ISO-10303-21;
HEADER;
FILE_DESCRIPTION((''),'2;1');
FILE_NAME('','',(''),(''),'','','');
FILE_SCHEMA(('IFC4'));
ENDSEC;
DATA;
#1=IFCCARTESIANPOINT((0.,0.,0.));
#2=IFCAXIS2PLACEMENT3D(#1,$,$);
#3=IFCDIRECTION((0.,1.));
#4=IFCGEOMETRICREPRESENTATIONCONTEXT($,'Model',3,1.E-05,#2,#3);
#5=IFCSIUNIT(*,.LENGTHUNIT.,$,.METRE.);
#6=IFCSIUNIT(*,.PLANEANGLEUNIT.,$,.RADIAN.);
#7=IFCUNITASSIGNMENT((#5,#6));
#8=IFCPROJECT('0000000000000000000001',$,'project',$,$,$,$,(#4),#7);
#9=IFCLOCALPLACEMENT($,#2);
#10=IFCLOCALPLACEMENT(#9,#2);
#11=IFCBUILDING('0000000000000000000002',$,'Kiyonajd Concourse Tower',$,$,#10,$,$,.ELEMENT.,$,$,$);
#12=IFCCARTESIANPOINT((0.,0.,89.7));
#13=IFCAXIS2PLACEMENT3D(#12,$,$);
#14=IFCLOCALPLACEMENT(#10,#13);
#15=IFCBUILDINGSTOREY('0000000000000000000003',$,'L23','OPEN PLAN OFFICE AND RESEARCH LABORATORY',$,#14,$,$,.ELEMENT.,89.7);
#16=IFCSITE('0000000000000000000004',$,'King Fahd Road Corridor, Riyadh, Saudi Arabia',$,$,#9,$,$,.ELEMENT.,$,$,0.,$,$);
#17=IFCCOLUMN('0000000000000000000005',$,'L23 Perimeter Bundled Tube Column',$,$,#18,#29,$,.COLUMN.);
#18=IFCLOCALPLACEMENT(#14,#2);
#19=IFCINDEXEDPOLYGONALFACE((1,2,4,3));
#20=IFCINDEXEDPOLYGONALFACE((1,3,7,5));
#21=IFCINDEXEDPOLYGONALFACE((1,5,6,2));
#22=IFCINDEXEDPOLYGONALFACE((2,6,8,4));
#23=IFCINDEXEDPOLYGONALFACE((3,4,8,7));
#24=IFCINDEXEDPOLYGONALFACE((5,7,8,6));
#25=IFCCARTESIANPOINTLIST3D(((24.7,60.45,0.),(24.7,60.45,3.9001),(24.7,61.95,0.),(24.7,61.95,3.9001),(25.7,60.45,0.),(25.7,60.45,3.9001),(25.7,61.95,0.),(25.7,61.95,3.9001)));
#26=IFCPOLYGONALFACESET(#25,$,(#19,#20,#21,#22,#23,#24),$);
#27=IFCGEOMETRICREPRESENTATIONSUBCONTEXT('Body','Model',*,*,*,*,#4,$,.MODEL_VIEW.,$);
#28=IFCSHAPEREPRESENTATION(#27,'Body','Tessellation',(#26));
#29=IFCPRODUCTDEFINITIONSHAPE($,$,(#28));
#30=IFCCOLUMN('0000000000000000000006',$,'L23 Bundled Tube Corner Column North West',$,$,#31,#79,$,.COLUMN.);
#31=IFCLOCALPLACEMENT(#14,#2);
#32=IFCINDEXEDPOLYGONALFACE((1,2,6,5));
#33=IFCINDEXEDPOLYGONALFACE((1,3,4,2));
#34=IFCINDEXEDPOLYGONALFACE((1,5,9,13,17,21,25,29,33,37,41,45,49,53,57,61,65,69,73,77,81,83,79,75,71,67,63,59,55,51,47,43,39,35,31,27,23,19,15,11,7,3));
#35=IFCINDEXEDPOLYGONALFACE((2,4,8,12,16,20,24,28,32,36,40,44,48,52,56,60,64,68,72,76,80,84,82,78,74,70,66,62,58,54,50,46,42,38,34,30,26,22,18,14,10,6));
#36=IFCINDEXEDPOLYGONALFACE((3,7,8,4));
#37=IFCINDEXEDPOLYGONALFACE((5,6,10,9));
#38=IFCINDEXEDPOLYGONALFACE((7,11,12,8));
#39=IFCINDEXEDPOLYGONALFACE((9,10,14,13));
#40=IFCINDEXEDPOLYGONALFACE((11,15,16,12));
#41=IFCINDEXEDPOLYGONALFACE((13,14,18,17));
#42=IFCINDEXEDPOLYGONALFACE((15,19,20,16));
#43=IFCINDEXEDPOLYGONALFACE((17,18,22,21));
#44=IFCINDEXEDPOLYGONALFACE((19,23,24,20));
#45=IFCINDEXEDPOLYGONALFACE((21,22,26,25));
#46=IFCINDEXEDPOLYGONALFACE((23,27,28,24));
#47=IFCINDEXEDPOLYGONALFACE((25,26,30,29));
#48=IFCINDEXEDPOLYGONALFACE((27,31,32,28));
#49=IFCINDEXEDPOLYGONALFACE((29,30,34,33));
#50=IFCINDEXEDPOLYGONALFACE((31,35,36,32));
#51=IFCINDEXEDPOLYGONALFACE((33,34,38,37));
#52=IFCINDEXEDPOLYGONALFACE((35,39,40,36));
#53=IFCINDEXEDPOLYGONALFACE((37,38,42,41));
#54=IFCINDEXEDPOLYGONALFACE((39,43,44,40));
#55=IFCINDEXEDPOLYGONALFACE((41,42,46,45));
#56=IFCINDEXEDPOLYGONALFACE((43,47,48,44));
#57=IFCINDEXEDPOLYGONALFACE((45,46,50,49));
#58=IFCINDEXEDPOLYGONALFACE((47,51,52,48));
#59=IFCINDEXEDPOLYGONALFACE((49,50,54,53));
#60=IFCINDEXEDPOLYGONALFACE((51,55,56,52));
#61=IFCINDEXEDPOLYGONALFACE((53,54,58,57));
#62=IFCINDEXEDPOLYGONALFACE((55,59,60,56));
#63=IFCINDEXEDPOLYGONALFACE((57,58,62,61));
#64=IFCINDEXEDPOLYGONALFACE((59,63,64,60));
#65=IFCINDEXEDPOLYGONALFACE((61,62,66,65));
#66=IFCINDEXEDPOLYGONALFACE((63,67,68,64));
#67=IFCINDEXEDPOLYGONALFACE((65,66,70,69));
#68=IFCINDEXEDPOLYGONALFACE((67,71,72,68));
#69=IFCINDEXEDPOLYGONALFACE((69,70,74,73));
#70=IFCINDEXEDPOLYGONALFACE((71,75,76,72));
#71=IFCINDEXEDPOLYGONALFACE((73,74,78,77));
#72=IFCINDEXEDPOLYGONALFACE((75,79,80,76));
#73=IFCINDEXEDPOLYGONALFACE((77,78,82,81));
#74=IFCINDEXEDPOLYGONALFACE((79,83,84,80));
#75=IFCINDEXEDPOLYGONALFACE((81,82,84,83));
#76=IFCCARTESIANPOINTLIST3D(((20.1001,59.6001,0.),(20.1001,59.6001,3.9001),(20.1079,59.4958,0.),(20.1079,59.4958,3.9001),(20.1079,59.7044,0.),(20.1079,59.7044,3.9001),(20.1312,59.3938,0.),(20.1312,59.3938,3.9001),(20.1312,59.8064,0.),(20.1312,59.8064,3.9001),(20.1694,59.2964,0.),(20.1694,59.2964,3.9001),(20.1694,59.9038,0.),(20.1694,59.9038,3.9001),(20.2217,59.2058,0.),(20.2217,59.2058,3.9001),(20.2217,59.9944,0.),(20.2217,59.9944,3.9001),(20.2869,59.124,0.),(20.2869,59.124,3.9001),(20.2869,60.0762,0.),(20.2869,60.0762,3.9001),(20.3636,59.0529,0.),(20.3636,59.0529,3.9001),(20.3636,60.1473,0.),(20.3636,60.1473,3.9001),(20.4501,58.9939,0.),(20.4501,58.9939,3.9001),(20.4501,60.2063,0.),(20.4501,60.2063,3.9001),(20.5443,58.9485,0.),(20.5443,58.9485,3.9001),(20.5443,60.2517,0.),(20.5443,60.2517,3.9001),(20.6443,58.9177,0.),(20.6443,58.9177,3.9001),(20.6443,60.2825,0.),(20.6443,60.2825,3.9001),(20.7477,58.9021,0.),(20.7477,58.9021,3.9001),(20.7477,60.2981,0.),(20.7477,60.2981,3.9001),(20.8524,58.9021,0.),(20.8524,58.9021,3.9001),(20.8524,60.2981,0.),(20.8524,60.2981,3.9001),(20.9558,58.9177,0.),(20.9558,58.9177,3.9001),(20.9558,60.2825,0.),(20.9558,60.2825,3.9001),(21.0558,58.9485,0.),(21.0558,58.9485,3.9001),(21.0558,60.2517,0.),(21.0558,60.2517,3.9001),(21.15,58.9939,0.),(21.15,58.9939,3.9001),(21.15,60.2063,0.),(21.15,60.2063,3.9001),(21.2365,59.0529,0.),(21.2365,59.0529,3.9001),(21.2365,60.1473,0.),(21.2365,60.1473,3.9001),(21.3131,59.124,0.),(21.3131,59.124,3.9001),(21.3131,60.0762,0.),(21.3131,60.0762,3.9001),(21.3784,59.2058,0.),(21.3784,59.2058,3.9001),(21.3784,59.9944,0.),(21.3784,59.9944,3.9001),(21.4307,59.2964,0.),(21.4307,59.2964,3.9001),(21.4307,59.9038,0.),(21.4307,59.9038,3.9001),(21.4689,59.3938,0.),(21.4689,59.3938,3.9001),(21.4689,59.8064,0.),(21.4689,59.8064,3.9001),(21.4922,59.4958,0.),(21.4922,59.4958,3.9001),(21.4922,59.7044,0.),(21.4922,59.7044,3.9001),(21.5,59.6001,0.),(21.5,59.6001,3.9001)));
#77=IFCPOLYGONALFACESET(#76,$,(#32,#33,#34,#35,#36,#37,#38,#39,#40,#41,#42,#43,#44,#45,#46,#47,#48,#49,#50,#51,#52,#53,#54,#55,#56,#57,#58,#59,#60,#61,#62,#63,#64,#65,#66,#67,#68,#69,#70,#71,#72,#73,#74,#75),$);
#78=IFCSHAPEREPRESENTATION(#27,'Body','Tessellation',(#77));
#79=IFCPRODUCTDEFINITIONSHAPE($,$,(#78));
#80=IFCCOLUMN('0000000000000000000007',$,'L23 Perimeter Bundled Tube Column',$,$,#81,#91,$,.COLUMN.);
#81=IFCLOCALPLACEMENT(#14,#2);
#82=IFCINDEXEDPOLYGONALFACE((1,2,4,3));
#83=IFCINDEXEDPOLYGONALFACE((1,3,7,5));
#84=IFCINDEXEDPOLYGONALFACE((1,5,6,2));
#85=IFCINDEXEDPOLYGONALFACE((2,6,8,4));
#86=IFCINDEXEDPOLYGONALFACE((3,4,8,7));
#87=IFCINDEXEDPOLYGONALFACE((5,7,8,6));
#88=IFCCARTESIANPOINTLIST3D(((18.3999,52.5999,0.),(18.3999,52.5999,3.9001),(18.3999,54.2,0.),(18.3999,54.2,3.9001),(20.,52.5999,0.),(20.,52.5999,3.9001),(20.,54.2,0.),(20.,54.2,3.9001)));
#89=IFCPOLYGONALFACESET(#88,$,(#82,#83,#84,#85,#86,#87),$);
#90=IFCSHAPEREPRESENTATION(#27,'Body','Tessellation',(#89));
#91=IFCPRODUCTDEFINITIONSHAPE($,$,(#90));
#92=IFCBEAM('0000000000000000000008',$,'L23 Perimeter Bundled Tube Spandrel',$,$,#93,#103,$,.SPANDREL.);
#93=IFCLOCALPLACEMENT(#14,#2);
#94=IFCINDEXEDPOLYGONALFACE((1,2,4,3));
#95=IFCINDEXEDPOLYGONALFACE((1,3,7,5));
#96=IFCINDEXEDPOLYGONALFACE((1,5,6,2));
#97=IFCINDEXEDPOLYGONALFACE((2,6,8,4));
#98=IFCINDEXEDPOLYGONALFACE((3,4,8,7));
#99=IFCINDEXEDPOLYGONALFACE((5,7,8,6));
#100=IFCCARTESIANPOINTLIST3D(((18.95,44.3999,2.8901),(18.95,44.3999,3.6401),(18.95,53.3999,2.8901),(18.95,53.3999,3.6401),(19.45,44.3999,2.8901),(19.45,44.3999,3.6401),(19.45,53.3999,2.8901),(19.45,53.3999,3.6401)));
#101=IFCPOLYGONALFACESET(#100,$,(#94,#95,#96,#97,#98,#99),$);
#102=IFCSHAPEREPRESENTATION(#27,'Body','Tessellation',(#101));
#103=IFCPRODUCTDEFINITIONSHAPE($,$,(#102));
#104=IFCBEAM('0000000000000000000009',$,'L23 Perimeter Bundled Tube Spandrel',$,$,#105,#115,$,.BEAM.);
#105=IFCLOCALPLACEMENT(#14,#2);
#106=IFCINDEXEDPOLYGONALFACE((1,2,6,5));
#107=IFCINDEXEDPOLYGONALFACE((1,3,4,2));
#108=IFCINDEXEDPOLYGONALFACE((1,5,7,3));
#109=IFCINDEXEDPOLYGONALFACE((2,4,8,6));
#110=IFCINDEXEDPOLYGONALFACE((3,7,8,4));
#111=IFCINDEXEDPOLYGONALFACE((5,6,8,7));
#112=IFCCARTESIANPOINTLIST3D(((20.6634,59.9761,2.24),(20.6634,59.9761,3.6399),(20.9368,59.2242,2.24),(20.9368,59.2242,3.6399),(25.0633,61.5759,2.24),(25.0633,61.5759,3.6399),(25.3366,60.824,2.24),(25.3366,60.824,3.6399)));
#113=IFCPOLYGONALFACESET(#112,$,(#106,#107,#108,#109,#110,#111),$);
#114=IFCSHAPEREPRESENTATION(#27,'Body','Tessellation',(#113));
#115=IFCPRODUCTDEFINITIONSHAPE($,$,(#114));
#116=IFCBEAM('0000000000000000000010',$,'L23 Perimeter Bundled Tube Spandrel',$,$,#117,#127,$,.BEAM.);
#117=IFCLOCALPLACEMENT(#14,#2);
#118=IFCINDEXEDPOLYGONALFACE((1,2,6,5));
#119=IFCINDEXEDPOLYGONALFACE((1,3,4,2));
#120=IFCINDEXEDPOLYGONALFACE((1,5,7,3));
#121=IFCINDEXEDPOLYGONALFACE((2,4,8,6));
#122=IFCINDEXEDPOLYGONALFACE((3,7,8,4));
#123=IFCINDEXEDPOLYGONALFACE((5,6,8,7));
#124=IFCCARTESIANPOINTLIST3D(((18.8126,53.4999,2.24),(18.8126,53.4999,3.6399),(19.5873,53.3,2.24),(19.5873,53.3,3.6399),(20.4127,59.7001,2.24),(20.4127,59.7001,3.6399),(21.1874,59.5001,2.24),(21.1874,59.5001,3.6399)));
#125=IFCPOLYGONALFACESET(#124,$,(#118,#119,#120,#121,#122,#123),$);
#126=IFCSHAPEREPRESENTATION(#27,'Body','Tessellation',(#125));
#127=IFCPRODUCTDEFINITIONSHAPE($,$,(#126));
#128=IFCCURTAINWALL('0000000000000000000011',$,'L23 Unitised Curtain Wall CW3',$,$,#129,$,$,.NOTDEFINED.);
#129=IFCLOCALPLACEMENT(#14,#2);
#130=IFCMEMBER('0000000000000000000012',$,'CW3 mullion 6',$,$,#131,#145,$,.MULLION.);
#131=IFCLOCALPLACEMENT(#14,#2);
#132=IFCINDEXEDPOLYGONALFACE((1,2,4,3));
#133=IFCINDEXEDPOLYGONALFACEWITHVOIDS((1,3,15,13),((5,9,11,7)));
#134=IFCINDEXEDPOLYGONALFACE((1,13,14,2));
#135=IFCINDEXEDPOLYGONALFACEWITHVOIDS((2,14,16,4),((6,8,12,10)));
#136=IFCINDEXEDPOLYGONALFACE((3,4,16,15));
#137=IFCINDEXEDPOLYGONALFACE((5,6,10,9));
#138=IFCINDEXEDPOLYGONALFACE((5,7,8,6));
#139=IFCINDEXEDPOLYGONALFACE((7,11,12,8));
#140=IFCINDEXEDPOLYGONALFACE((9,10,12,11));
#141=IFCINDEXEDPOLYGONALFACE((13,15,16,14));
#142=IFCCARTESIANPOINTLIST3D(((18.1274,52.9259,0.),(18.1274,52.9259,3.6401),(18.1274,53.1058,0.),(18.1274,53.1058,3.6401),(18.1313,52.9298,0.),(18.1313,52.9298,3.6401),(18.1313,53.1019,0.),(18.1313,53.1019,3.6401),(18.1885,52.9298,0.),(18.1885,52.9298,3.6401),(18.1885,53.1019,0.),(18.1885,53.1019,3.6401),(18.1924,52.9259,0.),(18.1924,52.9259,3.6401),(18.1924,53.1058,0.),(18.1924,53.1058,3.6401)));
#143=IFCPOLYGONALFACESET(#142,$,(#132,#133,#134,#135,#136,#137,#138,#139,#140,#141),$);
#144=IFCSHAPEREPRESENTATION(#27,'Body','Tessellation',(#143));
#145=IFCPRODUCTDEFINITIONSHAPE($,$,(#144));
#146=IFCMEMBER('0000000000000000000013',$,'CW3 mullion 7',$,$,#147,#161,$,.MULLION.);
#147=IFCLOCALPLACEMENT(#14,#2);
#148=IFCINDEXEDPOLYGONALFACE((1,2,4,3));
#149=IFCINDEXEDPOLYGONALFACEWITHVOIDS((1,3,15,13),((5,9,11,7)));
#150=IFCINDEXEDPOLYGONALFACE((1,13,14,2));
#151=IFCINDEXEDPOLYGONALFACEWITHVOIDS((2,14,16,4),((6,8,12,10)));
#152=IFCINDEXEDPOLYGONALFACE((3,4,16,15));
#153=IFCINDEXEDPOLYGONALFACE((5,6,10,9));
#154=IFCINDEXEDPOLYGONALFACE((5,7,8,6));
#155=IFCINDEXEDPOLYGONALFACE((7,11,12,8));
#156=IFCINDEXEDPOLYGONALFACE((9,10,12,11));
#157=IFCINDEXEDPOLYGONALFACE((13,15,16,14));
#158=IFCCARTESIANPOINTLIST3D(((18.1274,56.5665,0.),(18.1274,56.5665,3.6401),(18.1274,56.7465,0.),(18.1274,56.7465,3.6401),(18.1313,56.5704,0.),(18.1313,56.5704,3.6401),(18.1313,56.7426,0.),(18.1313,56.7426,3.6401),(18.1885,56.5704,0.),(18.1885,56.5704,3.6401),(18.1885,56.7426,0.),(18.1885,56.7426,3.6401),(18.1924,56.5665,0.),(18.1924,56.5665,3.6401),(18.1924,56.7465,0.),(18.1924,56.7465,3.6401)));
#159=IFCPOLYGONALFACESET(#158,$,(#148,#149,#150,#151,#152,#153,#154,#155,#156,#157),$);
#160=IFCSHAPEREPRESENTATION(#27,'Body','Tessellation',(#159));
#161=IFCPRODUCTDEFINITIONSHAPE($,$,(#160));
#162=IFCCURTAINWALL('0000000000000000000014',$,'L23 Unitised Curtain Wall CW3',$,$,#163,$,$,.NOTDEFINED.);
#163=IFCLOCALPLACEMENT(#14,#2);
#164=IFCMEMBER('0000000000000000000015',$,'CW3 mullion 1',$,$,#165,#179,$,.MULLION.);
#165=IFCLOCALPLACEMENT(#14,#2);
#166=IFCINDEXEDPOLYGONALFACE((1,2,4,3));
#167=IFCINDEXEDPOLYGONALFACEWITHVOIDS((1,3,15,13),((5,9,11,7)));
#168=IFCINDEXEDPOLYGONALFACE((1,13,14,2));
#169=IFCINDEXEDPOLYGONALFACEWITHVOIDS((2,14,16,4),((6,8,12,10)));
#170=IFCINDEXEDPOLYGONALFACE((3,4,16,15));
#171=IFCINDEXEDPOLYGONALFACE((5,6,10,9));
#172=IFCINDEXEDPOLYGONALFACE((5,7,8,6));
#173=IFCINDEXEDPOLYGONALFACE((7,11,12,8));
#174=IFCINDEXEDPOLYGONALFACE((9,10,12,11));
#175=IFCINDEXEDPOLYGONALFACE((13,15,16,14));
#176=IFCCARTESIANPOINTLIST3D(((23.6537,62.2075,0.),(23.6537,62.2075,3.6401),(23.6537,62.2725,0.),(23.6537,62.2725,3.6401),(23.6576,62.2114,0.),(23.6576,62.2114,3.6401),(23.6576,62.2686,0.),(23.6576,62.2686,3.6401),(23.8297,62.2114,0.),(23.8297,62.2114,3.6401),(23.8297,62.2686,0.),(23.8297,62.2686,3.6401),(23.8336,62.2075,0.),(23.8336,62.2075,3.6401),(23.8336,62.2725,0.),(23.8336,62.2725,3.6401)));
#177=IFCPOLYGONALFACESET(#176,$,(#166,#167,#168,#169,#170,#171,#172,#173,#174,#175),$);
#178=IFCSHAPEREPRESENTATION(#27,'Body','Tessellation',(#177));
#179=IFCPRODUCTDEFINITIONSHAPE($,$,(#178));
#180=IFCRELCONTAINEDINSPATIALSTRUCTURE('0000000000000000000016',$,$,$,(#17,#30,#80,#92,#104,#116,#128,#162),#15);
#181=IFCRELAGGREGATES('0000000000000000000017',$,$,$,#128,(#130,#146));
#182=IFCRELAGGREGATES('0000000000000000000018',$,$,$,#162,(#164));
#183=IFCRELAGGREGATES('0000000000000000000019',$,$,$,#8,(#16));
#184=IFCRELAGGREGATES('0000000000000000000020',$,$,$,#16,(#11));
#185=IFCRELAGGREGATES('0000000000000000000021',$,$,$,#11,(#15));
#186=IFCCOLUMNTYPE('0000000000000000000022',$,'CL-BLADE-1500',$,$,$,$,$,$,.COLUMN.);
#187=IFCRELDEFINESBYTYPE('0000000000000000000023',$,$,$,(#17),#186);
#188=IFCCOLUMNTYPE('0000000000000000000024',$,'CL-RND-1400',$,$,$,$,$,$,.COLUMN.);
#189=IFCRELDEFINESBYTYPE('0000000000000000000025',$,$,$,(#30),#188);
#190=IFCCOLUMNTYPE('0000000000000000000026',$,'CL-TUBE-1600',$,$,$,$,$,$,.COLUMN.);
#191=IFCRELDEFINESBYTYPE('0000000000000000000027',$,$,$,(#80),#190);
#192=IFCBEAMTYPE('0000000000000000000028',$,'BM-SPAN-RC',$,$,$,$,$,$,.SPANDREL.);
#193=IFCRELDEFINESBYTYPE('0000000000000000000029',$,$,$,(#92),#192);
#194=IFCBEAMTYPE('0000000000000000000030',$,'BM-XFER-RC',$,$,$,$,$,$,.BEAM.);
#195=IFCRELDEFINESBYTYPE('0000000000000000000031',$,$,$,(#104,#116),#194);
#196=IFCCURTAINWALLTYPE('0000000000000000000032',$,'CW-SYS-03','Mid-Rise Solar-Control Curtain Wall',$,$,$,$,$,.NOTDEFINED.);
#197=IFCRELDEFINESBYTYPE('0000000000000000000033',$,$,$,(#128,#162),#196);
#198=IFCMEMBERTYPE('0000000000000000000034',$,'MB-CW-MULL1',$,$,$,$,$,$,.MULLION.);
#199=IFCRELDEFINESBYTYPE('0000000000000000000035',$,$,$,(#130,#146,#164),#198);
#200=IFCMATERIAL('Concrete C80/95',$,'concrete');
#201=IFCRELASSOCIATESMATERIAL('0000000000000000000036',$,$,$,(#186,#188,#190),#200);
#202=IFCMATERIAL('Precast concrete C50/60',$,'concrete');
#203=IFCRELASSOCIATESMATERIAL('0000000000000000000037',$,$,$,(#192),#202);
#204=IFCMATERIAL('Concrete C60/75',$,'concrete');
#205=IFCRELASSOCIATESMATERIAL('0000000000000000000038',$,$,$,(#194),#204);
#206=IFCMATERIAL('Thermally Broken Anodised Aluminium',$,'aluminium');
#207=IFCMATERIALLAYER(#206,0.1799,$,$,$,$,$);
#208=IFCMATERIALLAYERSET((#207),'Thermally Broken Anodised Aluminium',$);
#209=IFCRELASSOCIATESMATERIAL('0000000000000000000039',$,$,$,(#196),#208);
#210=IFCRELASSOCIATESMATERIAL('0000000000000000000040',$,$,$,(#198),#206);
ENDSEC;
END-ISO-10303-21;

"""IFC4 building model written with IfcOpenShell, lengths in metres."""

from ifc_helpers import new_model, si_unit, direction, frame, origin, origin_2d, place, context, subcontext, project, spatial, rectangle, hollow_rectangle, circle, extrude, material, layer, layer_set, material_profile, profile_set, type_object, element, aggregate, save


model = new_model("IFC4")

# Units and contexts
model_context = context("Model", 3, precision=1e-05, world=origin(), true_north=direction((0.0, 1.0)))
body_context = subcontext(model_context, "Body", "Model", "MODEL_VIEW")
ifc_project = project(units=[si_unit("LENGTHUNIT", "METRE"), si_unit("PLANEANGLEUNIT", "RADIAN")], contexts=[model_context])

# Site, building, storey
site_placement = place(None, origin())
site = spatial("IfcSite", under=ifc_project, at=site_placement, Name="King Fahd Road Corridor, Riyadh, Saudi Arabia", CompositionType="ELEMENT", RefElevation=0.0)
building_placement = place(site_placement, origin())
building = spatial("IfcBuilding", under=site, at=building_placement, Name="Kiyonajd Concourse Tower", CompositionType="ELEMENT")
storey_placement = place(building_placement, frame((0.0, 0.0, 89.7)))
storey = spatial("IfcBuildingStorey", under=building, at=storey_placement, Name="L23", Description="OPEN PLAN OFFICE AND RESEARCH LABORATORY", CompositionType="ELEMENT", Elevation=89.7)

# Columns
ifc_material_1 = material(Name="Concrete C80/95", Category="concrete")
ifc_material_profile_1 = material_profile(ifc_material_1, rectangle(XDim=1.0, YDim=1.5, at=origin_2d()), Name="RC-1500x1000")
ifc_profile_set_1 = profile_set([ifc_material_profile_1], Name="Concrete C80/95")
column_type_1 = type_object("IfcColumnType", Name="CL-BLADE-1500", PredefinedType="COLUMN", material=ifc_profile_set_1)
column_1_placement = place(storey_placement, frame((25.2, 61.2, 0.0), z_axis=(0.0, 0.0, 1.0), x_axis=(1.0, 0.0, 0.0)))
element("IfcColumn", 1, at=column_1_placement, inside=storey, type_object=column_type_1, Name="L23 Perimeter Bundled Tube Column", PredefinedType="COLUMN", context=body_context, shape_type="SweptSolid", body=[
    extrude(rectangle(XDim=1.0, YDim=1.5, at=origin_2d()), origin(), (0.0, 0.0, 1.0), 3.9001),
])
ifc_material_profile_2 = material_profile(ifc_material_1, circle(Radius=0.7, at=origin_2d()), Name="RCC-D1400")
ifc_profile_set_2 = profile_set([ifc_material_profile_2], Name="Concrete C80/95")
column_type_2 = type_object("IfcColumnType", Name="CL-RND-1400", PredefinedType="COLUMN", material=ifc_profile_set_2)
column_2_placement = place(storey_placement, frame((20.8, 59.6001, 0.0), z_axis=(0.0, 0.0, 1.0), x_axis=(1.0, 0.0, 0.0)))
element("IfcColumn", 2, at=column_2_placement, inside=storey, type_object=column_type_2, Name="L23 Bundled Tube Corner Column North West", PredefinedType="COLUMN", context=body_context, shape_type="SweptSolid", body=[
    extrude(circle(Radius=0.7, at=origin_2d()), origin(), (0.0, 0.0, 1.0), 3.9001),
])
ifc_material_profile_3 = material_profile(ifc_material_1, rectangle(XDim=1.6001, YDim=1.6001, at=origin_2d()), Name="RC-1600x1600")
ifc_profile_set_3 = profile_set([ifc_material_profile_3], Name="Concrete C80/95")
column_type_3 = type_object("IfcColumnType", Name="CL-TUBE-1600", PredefinedType="COLUMN", material=ifc_profile_set_3)
column_3_placement = place(storey_placement, frame((19.2, 53.3999, 0.0), z_axis=(0.0, 0.0, 1.0), x_axis=(1.0, 0.0, 0.0)))
element("IfcColumn", 3, at=column_3_placement, inside=storey, type_object=column_type_3, Name="L23 Perimeter Bundled Tube Column", PredefinedType="COLUMN", context=body_context, shape_type="SweptSolid", body=[
    extrude(rectangle(XDim=1.6001, YDim=1.6001, at=origin_2d()), origin(), (0.0, 0.0, 1.0), 3.9001),
])

# Beams
ifc_material_2 = material(Name="Precast concrete C50/60", Category="concrete")
ifc_material_profile_4 = material_profile(ifc_material_2, rectangle(XDim=0.5, YDim=0.75, at=origin_2d()), Name="RCBM-500x750")
ifc_profile_set_4 = profile_set([ifc_material_profile_4], Name="Precast concrete C50/60")
beam_type_1 = type_object("IfcBeamType", Name="BM-SPAN-RC", PredefinedType="SPANDREL", material=ifc_profile_set_4)
beam_1_placement = place(storey_placement, frame((19.2, 53.3999, 3.2651), z_axis=(0.0, -1.0, 0.0), x_axis=(1.0, 0.0, 0.0)))
element("IfcBeam", 4, at=beam_1_placement, inside=storey, type_object=beam_type_1, Name="L23 Perimeter Bundled Tube Spandrel", PredefinedType="SPANDREL", context=body_context, shape_type="SweptSolid", body=[
    extrude(rectangle(XDim=0.5, YDim=0.75, at=origin_2d()), origin(), (0.0, 0.0, 1.0), 9.0),
])
ifc_material_3 = material(Name="Concrete C60/75", Category="concrete")
ifc_material_profile_5 = material_profile(ifc_material_3, rectangle(XDim=0.8, YDim=1.3999, at=origin_2d()), Name="RCBM-800x1400")
ifc_profile_set_5 = profile_set([ifc_material_profile_5], Name="Concrete C60/75")
beam_type_2 = type_object("IfcBeamType", Name="BM-XFER-RC", PredefinedType="BEAM", material=ifc_profile_set_5)
beam_2_placement = place(storey_placement, frame((25.2, 61.2, 2.9399), z_axis=(-0.939801, -0.341722, 0.0), x_axis=(0.341722, -0.939801, 0.0)))
element("IfcBeam", 5, at=beam_2_placement, inside=storey, type_object=beam_type_2, Name="L23 Perimeter Bundled Tube Spandrel", PredefinedType="BEAM", context=body_context, shape_type="SweptSolid", body=[
    extrude(rectangle(XDim=0.8, YDim=1.3999, at=origin_2d()), origin(), (0.0, 0.0, 1.0), 4.6816),
])
beam_3_placement = place(storey_placement, frame((20.8, 59.6001, 2.9399), z_axis=(-0.249885, -0.968276, 0.0), x_axis=(0.968276, -0.249885, 0.0)))
element("IfcBeam", 6, at=beam_3_placement, inside=storey, type_object=beam_type_2, Name="L23 Perimeter Bundled Tube Spandrel", PredefinedType="BEAM", context=body_context, shape_type="SweptSolid", body=[
    extrude(rectangle(XDim=0.8, YDim=1.3999, at=origin_2d()), origin(), (0.0, 0.0, 1.0), 6.4033),
])

# Curtain walls, members
ifc_material_4 = material(Name="Thermally Broken Anodised Aluminium", Category="aluminium")
ifc_layer_1 = layer(ifc_material_4, 0.1799)
ifc_layer_set_1 = layer_set([ifc_layer_1], Name="Thermally Broken Anodised Aluminium")
curtain_wall_type = type_object("IfcCurtainWallType", Name="CW-SYS-03", Description="Mid-Rise Solar-Control Curtain Wall", PredefinedType="NOTDEFINED", material=ifc_layer_set_1)
curtain_wall_1_placement = place(storey_placement, origin())
curtain_wall_1 = element("IfcCurtainWall", 7, at=curtain_wall_1_placement, inside=storey, type_object=curtain_wall_type, Name="L23 Unitised Curtain Wall CW3", PredefinedType="NOTDEFINED")
ifc_material_profile_6 = material_profile(ifc_material_4, hollow_rectangle(XDim=0.0649, YDim=0.1799, WallThickness=0.0039, at=origin_2d()), Name="MULL-65x180")
ifc_profile_set_6 = profile_set([ifc_material_profile_6], Name="Thermally Broken Anodised Aluminium")
member_type_1 = type_object("IfcMemberType", Name="MB-CW-MULL1", PredefinedType="MULLION", material=ifc_profile_set_6)
member_1_placement = place(storey_placement, frame((18.1599, 53.0159, 0.0), z_axis=(0.0, 0.0, 1.0), x_axis=(-1.0, 0.0, 0.0)))
member_1 = element("IfcMember", 8, at=member_1_placement, type_object=member_type_1, Name="CW3 mullion 6", PredefinedType="MULLION", context=body_context, shape_type="SweptSolid", body=[
    extrude(hollow_rectangle(XDim=0.0649, YDim=0.1799, WallThickness=0.0039, at=origin_2d()), origin(), (0.0, 0.0, 1.0), 3.6401),
])
member_2_placement = place(storey_placement, frame((18.1599, 56.6565, 0.0), z_axis=(0.0, 0.0, 1.0), x_axis=(-1.0, 0.0, 0.0)))
member_2 = element("IfcMember", 9, at=member_2_placement, type_object=member_type_1, Name="CW3 mullion 7", PredefinedType="MULLION", context=body_context, shape_type="SweptSolid", body=[
    extrude(hollow_rectangle(XDim=0.0649, YDim=0.1799, WallThickness=0.0039, at=origin_2d()), origin(), (0.0, 0.0, 1.0), 3.6401),
])
curtain_wall_2_placement = place(storey_placement, origin())
curtain_wall_2 = element("IfcCurtainWall", 10, at=curtain_wall_2_placement, inside=storey, type_object=curtain_wall_type, Name="L23 Unitised Curtain Wall CW3", PredefinedType="NOTDEFINED")
member_3_placement = place(storey_placement, frame((23.7437, 62.24, 0.0), z_axis=(0.0, 0.0, 1.0), x_axis=(0.0, 1.0, 0.0)))
member_3 = element("IfcMember", 11, at=member_3_placement, type_object=member_type_1, Name="CW3 mullion 1", PredefinedType="MULLION", context=body_context, shape_type="SweptSolid", body=[
    extrude(hollow_rectangle(XDim=0.0649, YDim=0.1799, WallThickness=0.0039, at=origin_2d()), origin(), (0.0, 0.0, 1.0), 3.6401),
])

aggregate(curtain_wall_1, [member_1, member_2])
aggregate(curtain_wall_2, [member_3])

save(model, "model.ifc")
